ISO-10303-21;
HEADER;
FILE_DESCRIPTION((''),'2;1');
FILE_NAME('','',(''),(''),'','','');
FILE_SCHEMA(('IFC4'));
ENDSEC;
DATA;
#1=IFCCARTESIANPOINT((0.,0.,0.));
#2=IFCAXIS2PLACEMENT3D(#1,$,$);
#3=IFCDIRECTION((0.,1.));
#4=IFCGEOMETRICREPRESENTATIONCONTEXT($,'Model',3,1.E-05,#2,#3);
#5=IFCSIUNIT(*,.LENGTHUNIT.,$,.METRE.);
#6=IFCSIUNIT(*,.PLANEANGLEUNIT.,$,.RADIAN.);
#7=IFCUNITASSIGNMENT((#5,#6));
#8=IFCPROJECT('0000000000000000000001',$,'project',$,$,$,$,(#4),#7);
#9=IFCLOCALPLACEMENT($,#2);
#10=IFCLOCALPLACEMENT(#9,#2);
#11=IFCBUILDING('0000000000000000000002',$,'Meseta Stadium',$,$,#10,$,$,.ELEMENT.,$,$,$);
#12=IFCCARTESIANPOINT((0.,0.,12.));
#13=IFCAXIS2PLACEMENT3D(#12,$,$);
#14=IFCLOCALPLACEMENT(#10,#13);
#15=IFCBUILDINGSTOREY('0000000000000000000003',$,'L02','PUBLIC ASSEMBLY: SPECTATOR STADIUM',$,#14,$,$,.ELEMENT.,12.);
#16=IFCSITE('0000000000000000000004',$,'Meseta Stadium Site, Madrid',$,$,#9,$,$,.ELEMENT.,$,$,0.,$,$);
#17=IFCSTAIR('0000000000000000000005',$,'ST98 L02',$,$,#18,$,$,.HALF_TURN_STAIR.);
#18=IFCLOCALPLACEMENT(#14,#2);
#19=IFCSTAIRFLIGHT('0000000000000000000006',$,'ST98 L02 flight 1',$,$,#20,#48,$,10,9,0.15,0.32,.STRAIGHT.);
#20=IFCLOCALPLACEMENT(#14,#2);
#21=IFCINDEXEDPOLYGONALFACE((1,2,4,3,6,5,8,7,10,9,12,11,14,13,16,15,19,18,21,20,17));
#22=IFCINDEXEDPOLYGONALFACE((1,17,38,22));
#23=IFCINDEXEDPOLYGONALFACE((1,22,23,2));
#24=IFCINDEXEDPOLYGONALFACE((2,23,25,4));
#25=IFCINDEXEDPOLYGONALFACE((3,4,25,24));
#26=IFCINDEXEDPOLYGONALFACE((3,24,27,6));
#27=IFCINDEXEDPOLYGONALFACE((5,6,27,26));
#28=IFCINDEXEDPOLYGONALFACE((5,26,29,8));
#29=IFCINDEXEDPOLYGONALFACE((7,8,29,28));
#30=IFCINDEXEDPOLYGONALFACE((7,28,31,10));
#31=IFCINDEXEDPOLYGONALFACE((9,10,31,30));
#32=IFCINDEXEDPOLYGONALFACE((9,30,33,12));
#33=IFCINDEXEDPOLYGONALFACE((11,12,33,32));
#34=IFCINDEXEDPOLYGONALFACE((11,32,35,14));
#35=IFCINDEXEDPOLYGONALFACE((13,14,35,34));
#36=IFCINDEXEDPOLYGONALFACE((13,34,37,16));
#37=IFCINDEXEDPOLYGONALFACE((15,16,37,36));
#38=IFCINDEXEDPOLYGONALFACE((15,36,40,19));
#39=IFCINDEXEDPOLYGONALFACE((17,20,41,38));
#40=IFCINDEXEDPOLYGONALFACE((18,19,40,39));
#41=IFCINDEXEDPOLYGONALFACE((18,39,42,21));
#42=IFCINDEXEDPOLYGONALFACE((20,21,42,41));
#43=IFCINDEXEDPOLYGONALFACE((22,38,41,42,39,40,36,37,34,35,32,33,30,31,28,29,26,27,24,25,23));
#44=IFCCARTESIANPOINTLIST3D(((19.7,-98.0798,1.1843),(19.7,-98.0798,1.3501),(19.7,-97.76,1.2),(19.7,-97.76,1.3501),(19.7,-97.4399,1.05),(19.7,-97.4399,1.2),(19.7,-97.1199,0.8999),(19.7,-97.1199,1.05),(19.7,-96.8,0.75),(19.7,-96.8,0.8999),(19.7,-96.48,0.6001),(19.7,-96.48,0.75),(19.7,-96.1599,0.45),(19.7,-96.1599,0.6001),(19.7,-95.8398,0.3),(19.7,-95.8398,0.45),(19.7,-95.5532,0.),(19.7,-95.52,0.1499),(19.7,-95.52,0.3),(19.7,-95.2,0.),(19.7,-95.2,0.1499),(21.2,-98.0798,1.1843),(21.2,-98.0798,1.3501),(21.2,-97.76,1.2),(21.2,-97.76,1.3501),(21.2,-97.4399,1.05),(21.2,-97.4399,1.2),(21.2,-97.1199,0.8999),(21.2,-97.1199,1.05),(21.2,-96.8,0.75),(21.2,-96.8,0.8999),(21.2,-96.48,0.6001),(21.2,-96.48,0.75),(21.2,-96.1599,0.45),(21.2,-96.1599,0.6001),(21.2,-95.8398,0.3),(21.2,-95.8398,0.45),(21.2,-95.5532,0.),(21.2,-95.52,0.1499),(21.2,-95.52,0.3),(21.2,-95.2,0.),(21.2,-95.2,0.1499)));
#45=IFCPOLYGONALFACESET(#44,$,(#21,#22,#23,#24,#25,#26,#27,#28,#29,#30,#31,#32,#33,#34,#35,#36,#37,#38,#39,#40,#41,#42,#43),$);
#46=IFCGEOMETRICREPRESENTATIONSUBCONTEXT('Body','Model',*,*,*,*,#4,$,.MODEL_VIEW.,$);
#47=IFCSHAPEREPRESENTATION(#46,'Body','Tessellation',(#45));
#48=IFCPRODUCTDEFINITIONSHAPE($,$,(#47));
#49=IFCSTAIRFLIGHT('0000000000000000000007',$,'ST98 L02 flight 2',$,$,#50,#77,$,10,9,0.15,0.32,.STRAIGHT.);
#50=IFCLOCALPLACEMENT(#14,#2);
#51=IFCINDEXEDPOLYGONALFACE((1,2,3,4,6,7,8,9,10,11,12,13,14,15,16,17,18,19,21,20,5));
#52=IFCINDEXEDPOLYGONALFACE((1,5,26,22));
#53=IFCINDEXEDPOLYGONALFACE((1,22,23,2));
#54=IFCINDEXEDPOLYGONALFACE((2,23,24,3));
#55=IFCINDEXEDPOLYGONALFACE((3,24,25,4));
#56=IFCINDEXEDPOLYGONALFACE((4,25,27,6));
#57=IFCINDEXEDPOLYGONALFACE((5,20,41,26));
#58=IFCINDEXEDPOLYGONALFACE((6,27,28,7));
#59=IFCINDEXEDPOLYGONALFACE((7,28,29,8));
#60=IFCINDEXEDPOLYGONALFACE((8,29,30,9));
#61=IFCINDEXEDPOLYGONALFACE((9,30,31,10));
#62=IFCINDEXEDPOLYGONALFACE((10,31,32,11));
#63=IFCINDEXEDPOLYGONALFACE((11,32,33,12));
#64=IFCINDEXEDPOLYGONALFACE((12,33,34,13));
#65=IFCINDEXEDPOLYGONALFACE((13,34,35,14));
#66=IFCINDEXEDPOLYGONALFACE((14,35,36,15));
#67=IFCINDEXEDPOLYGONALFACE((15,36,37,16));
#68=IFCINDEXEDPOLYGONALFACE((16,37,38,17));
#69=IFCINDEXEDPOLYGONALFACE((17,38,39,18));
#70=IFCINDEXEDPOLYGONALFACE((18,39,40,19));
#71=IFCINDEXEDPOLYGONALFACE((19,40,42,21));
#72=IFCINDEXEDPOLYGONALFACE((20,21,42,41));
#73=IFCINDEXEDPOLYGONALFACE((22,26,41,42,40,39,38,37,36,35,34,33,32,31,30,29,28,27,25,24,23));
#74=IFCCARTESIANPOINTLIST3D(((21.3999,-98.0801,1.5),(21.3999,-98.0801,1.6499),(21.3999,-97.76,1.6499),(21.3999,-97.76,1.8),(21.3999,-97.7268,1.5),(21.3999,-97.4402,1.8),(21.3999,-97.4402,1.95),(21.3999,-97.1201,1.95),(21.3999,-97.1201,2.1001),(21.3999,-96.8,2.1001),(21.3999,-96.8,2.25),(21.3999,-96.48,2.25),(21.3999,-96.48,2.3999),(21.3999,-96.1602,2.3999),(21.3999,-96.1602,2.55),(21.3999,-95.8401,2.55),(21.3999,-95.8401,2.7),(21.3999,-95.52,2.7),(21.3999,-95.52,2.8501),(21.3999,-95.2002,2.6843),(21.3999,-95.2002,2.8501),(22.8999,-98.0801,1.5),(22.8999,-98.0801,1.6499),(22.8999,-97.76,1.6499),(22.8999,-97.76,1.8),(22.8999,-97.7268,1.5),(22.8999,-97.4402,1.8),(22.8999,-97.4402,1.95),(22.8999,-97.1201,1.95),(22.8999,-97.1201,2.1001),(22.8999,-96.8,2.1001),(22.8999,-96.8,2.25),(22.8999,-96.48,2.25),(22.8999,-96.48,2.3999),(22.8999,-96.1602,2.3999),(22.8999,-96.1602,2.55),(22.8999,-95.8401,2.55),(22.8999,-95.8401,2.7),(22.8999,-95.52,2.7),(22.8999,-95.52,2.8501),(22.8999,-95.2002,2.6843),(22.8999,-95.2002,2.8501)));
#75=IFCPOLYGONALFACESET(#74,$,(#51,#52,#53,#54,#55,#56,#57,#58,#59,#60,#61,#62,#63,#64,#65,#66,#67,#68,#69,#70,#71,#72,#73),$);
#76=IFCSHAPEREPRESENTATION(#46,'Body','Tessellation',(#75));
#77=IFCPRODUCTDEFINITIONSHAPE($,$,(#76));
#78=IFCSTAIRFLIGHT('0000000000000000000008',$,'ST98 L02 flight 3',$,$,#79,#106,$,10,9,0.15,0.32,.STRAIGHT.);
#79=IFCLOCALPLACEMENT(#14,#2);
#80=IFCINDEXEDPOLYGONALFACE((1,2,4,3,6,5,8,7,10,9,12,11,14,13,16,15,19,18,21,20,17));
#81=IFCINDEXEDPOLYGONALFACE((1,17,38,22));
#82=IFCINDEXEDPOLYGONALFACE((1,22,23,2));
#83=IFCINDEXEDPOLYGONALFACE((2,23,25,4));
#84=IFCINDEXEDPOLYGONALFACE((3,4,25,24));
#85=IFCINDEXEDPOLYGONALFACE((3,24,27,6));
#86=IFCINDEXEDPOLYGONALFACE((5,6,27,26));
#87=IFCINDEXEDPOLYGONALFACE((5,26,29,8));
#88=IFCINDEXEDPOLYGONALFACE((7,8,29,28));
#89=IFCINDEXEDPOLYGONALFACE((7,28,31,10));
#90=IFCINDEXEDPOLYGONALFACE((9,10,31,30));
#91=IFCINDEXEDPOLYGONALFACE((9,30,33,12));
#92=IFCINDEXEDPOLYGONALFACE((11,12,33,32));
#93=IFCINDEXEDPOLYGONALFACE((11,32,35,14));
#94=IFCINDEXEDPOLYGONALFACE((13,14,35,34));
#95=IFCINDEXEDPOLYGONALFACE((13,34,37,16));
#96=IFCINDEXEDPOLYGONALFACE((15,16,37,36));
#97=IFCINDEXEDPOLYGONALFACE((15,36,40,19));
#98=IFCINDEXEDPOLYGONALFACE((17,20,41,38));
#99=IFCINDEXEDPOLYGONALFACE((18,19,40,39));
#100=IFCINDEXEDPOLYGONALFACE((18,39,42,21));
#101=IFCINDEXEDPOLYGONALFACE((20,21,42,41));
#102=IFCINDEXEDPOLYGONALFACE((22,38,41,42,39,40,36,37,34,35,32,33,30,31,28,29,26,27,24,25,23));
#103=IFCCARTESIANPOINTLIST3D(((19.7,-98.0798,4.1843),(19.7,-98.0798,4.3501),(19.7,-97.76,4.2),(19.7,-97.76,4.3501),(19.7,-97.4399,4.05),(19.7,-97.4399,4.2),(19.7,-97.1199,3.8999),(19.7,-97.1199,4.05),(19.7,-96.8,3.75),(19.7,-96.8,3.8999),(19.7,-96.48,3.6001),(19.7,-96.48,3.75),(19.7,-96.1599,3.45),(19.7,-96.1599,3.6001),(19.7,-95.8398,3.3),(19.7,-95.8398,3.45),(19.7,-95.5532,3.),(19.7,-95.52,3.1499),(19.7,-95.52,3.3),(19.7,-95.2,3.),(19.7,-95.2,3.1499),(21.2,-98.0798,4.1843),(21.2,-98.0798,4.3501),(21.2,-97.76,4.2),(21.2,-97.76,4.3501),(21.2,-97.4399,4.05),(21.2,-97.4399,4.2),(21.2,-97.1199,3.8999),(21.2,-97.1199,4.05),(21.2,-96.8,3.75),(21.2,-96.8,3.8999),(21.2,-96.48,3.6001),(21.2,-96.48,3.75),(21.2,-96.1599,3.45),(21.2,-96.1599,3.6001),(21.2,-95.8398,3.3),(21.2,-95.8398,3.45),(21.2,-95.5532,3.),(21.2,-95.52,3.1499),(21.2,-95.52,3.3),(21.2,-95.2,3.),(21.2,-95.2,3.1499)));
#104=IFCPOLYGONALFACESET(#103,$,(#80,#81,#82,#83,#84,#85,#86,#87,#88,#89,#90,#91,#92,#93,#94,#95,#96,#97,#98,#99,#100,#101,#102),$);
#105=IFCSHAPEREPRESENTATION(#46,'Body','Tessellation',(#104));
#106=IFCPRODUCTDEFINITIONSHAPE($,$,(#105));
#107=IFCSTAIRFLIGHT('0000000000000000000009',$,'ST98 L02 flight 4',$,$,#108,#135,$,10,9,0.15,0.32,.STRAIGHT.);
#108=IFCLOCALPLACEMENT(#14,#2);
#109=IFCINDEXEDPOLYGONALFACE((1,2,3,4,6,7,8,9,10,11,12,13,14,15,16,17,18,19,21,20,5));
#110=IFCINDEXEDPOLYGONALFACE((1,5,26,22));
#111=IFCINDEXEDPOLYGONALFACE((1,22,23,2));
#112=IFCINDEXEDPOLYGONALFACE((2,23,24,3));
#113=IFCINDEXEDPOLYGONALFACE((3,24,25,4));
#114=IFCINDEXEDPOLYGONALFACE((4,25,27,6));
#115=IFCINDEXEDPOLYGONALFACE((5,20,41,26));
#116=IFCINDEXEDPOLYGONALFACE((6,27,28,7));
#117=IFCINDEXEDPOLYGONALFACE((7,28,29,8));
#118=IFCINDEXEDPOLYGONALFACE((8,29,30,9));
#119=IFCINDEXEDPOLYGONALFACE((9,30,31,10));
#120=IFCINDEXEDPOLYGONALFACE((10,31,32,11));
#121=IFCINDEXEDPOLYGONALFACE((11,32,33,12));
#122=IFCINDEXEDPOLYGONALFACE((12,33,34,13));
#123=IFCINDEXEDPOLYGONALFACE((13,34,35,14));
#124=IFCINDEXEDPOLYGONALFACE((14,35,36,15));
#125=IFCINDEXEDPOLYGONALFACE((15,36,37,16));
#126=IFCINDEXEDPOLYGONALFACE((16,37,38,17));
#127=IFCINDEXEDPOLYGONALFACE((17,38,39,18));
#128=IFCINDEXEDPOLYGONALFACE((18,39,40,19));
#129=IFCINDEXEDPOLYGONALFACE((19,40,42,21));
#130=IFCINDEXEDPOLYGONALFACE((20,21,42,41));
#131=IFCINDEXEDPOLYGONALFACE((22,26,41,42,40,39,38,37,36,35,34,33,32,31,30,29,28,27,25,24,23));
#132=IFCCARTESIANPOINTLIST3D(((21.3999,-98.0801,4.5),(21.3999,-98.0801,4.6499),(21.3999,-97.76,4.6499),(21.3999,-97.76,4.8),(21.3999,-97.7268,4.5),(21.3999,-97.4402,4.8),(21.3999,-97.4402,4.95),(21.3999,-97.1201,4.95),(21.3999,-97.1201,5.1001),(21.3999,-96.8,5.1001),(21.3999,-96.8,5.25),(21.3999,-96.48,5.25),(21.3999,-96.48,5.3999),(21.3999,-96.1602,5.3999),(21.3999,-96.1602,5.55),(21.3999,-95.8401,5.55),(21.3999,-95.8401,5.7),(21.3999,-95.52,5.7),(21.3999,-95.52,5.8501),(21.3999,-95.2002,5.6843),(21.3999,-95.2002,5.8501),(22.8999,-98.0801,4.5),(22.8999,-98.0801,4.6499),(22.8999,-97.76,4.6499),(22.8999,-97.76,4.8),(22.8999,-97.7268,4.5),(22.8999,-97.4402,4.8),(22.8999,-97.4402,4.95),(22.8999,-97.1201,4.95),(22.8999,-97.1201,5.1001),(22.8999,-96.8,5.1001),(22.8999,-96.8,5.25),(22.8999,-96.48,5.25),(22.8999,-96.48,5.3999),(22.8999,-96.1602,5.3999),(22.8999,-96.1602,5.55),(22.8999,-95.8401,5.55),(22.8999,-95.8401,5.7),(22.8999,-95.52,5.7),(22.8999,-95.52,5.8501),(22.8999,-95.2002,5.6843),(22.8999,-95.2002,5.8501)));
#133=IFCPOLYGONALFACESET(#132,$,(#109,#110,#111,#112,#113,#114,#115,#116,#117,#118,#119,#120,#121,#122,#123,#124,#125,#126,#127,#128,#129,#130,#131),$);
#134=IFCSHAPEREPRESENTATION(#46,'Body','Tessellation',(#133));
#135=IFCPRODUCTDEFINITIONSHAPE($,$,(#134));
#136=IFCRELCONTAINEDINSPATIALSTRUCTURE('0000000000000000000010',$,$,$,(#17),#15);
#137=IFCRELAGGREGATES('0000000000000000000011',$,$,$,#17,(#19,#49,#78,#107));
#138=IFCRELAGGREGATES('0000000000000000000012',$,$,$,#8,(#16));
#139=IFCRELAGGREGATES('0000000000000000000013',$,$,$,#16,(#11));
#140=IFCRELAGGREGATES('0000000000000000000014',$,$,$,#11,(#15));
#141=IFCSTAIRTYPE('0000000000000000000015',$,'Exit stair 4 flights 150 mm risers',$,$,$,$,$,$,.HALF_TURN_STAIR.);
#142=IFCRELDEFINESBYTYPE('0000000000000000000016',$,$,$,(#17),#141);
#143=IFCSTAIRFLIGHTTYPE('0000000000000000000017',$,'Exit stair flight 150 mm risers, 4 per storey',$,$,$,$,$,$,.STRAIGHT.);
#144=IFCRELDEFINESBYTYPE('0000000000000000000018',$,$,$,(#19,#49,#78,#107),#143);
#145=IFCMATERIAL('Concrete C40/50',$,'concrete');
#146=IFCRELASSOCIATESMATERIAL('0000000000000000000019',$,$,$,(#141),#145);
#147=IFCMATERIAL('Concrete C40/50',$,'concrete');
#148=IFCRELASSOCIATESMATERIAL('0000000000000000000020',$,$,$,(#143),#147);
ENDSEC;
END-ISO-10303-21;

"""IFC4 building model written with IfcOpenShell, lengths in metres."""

from ifc_helpers import new_model, si_unit, direction, frame, origin, place, context, subcontext, project, spatial, polyline, outline, extrude, material, type_object, element, aggregate, save


model = new_model("IFC4")

# Units and contexts
model_context = context("Model", 3, precision=1e-05, world=origin(), true_north=direction((0.0, 1.0)))
body_context = subcontext(model_context, "Body", "Model", "MODEL_VIEW")
ifc_project = project(units=[si_unit("LENGTHUNIT", "METRE"), si_unit("PLANEANGLEUNIT", "RADIAN")], contexts=[model_context])

# Site, building, storey
site_placement = place(None, origin())
site = spatial("IfcSite", under=ifc_project, at=site_placement, Name="Meseta Stadium Site, Madrid", CompositionType="ELEMENT", RefElevation=0.0)
building_placement = place(site_placement, origin())
building = spatial("IfcBuilding", under=site, at=building_placement, Name="Meseta Stadium", CompositionType="ELEMENT")
storey_placement = place(building_placement, frame((0.0, 0.0, 12.0)))
storey = spatial("IfcBuildingStorey", under=building, at=storey_placement, Name="L02", Description="PUBLIC ASSEMBLY: SPECTATOR STADIUM", CompositionType="ELEMENT", Elevation=12.0)

# Stair, stair flights
ifc_material_1 = material(Name="Concrete C40/50", Category="concrete")
stair_type = type_object("IfcStairType", Name="Exit stair 4 flights 150 mm risers", PredefinedType="HALF_TURN_STAIR", material=ifc_material_1)
ifc_material_2 = material(Name="Concrete C40/50", Category="concrete")
stair_flight_type = type_object("IfcStairFlightType", Name="Exit stair flight 150 mm risers, 4 per storey", PredefinedType="STRAIGHT", material=ifc_material_2)
stair_1_placement = place(storey_placement, origin())
stair_1 = element("IfcStair", 1, at=stair_1_placement, inside=storey, type_object=stair_type, Name="ST98 L02", PredefinedType="HALF_TURN_STAIR")
stair_flight_1_placement = place(storey_placement, frame((20.45, -95.2, 0.0), z_axis=(0.0, 0.0, 1.0), x_axis=(0.0, -1.0, 0.0)))
stair_flight_1 = element("IfcStairFlight", 2, at=stair_flight_1_placement, type_object=stair_flight_type, Name="ST98 L02 flight 1", NumberOfRisers=10, NumberOfTreads=9, PredefinedType="STRAIGHT", RiserHeight=0.15, TreadLength=0.32, context=body_context, shape_type="SweptSolid", body=[
    extrude(outline(polyline([(0.0, 0.0), (0.0, 0.1499), (0.3201, 0.1499), (0.3201, 0.3), (0.6399, 0.3), (0.6399, 0.45), (0.96, 0.45), (0.96, 0.6001), (1.28, 0.6001), (1.28, 0.75), (1.6001, 0.75), (1.6001, 0.8999), (1.9199, 0.8999), (1.9199, 1.05), (2.24, 1.05), (2.24, 1.2), (2.5601, 1.2), (2.5601, 1.3501), (2.8799, 1.3501), (2.8799, 1.1843), (0.3533, 0.0), (0.0, 0.0)])), frame((0.0, 0.75, 0.0), z_axis=(0.0, -1.0, 0.0), x_axis=(1.0, 0.0, 0.0)), (0.0, 0.0, 1.0), 1.5),
])
stair_flight_2_placement = place(storey_placement, frame((22.1499, -98.0801, 1.5), z_axis=(0.0, 0.0, 1.0), x_axis=(0.0, 1.0, 0.0)))
stair_flight_2 = element("IfcStairFlight", 3, at=stair_flight_2_placement, type_object=stair_flight_type, Name="ST98 L02 flight 2", NumberOfRisers=10, NumberOfTreads=9, PredefinedType="STRAIGHT", RiserHeight=0.15, TreadLength=0.32, context=body_context, shape_type="SweptSolid", body=[
    extrude(outline(polyline([(0.0, 0.0), (0.0, 0.1499), (0.3201, 0.1499), (0.3201, 0.3), (0.6399, 0.3), (0.6399, 0.45), (0.96, 0.45), (0.96, 0.6001), (1.28, 0.6001), (1.28, 0.75), (1.6001, 0.75), (1.6001, 0.8999), (1.9199, 0.8999), (1.9199, 1.05), (2.24, 1.05), (2.24, 1.2), (2.5601, 1.2), (2.5601, 1.3501), (2.8799, 1.3501), (2.8799, 1.1843), (0.3533, 0.0), (0.0, 0.0)])), frame((0.0, 0.75, 0.0), z_axis=(0.0, -1.0, 0.0), x_axis=(1.0, 0.0, 0.0)), (0.0, 0.0, 1.0), 1.5),
])
stair_flight_3_placement = place(storey_placement, frame((20.45, -95.2, 3.0), z_axis=(0.0, 0.0, 1.0), x_axis=(0.0, -1.0, 0.0)))
stair_flight_3 = element("IfcStairFlight", 4, at=stair_flight_3_placement, type_object=stair_flight_type, Name="ST98 L02 flight 3", NumberOfRisers=10, NumberOfTreads=9, PredefinedType="STRAIGHT", RiserHeight=0.15, TreadLength=0.32, context=body_context, shape_type="SweptSolid", body=[
    extrude(outline(polyline([(0.0, 0.0), (0.0, 0.1499), (0.3201, 0.1499), (0.3201, 0.3), (0.6399, 0.3), (0.6399, 0.45), (0.96, 0.45), (0.96, 0.6001), (1.28, 0.6001), (1.28, 0.75), (1.6001, 0.75), (1.6001, 0.8999), (1.9199, 0.8999), (1.9199, 1.05), (2.24, 1.05), (2.24, 1.2), (2.5601, 1.2), (2.5601, 1.3501), (2.8799, 1.3501), (2.8799, 1.1843), (0.3533, 0.0), (0.0, 0.0)])), frame((0.0, 0.75, 0.0), z_axis=(0.0, -1.0, 0.0), x_axis=(1.0, 0.0, 0.0)), (0.0, 0.0, 1.0), 1.5),
])
stair_flight_4_placement = place(storey_placement, frame((22.1499, -98.0801, 4.5), z_axis=(0.0, 0.0, 1.0), x_axis=(0.0, 1.0, 0.0)))
stair_flight_4 = element("IfcStairFlight", 5, at=stair_flight_4_placement, type_object=stair_flight_type, Name="ST98 L02 flight 4", NumberOfRisers=10, NumberOfTreads=9, PredefinedType="STRAIGHT", RiserHeight=0.15, TreadLength=0.32, context=body_context, shape_type="SweptSolid", body=[
    extrude(outline(polyline([(0.0, 0.0), (0.0, 0.1499), (0.3201, 0.1499), (0.3201, 0.3), (0.6399, 0.3), (0.6399, 0.45), (0.96, 0.45), (0.96, 0.6001), (1.28, 0.6001), (1.28, 0.75), (1.6001, 0.75), (1.6001, 0.8999), (1.9199, 0.8999), (1.9199, 1.05), (2.24, 1.05), (2.24, 1.2), (2.5601, 1.2), (2.5601, 1.3501), (2.8799, 1.3501), (2.8799, 1.1843), (0.3533, 0.0), (0.0, 0.0)])), frame((0.0, 0.75, 0.0), z_axis=(0.0, -1.0, 0.0), x_axis=(1.0, 0.0, 0.0)), (0.0, 0.0, 1.0), 1.5),
])
aggregate(stair_1, [stair_flight_1, stair_flight_2, stair_flight_3, stair_flight_4])

save(model, "model.ifc")
